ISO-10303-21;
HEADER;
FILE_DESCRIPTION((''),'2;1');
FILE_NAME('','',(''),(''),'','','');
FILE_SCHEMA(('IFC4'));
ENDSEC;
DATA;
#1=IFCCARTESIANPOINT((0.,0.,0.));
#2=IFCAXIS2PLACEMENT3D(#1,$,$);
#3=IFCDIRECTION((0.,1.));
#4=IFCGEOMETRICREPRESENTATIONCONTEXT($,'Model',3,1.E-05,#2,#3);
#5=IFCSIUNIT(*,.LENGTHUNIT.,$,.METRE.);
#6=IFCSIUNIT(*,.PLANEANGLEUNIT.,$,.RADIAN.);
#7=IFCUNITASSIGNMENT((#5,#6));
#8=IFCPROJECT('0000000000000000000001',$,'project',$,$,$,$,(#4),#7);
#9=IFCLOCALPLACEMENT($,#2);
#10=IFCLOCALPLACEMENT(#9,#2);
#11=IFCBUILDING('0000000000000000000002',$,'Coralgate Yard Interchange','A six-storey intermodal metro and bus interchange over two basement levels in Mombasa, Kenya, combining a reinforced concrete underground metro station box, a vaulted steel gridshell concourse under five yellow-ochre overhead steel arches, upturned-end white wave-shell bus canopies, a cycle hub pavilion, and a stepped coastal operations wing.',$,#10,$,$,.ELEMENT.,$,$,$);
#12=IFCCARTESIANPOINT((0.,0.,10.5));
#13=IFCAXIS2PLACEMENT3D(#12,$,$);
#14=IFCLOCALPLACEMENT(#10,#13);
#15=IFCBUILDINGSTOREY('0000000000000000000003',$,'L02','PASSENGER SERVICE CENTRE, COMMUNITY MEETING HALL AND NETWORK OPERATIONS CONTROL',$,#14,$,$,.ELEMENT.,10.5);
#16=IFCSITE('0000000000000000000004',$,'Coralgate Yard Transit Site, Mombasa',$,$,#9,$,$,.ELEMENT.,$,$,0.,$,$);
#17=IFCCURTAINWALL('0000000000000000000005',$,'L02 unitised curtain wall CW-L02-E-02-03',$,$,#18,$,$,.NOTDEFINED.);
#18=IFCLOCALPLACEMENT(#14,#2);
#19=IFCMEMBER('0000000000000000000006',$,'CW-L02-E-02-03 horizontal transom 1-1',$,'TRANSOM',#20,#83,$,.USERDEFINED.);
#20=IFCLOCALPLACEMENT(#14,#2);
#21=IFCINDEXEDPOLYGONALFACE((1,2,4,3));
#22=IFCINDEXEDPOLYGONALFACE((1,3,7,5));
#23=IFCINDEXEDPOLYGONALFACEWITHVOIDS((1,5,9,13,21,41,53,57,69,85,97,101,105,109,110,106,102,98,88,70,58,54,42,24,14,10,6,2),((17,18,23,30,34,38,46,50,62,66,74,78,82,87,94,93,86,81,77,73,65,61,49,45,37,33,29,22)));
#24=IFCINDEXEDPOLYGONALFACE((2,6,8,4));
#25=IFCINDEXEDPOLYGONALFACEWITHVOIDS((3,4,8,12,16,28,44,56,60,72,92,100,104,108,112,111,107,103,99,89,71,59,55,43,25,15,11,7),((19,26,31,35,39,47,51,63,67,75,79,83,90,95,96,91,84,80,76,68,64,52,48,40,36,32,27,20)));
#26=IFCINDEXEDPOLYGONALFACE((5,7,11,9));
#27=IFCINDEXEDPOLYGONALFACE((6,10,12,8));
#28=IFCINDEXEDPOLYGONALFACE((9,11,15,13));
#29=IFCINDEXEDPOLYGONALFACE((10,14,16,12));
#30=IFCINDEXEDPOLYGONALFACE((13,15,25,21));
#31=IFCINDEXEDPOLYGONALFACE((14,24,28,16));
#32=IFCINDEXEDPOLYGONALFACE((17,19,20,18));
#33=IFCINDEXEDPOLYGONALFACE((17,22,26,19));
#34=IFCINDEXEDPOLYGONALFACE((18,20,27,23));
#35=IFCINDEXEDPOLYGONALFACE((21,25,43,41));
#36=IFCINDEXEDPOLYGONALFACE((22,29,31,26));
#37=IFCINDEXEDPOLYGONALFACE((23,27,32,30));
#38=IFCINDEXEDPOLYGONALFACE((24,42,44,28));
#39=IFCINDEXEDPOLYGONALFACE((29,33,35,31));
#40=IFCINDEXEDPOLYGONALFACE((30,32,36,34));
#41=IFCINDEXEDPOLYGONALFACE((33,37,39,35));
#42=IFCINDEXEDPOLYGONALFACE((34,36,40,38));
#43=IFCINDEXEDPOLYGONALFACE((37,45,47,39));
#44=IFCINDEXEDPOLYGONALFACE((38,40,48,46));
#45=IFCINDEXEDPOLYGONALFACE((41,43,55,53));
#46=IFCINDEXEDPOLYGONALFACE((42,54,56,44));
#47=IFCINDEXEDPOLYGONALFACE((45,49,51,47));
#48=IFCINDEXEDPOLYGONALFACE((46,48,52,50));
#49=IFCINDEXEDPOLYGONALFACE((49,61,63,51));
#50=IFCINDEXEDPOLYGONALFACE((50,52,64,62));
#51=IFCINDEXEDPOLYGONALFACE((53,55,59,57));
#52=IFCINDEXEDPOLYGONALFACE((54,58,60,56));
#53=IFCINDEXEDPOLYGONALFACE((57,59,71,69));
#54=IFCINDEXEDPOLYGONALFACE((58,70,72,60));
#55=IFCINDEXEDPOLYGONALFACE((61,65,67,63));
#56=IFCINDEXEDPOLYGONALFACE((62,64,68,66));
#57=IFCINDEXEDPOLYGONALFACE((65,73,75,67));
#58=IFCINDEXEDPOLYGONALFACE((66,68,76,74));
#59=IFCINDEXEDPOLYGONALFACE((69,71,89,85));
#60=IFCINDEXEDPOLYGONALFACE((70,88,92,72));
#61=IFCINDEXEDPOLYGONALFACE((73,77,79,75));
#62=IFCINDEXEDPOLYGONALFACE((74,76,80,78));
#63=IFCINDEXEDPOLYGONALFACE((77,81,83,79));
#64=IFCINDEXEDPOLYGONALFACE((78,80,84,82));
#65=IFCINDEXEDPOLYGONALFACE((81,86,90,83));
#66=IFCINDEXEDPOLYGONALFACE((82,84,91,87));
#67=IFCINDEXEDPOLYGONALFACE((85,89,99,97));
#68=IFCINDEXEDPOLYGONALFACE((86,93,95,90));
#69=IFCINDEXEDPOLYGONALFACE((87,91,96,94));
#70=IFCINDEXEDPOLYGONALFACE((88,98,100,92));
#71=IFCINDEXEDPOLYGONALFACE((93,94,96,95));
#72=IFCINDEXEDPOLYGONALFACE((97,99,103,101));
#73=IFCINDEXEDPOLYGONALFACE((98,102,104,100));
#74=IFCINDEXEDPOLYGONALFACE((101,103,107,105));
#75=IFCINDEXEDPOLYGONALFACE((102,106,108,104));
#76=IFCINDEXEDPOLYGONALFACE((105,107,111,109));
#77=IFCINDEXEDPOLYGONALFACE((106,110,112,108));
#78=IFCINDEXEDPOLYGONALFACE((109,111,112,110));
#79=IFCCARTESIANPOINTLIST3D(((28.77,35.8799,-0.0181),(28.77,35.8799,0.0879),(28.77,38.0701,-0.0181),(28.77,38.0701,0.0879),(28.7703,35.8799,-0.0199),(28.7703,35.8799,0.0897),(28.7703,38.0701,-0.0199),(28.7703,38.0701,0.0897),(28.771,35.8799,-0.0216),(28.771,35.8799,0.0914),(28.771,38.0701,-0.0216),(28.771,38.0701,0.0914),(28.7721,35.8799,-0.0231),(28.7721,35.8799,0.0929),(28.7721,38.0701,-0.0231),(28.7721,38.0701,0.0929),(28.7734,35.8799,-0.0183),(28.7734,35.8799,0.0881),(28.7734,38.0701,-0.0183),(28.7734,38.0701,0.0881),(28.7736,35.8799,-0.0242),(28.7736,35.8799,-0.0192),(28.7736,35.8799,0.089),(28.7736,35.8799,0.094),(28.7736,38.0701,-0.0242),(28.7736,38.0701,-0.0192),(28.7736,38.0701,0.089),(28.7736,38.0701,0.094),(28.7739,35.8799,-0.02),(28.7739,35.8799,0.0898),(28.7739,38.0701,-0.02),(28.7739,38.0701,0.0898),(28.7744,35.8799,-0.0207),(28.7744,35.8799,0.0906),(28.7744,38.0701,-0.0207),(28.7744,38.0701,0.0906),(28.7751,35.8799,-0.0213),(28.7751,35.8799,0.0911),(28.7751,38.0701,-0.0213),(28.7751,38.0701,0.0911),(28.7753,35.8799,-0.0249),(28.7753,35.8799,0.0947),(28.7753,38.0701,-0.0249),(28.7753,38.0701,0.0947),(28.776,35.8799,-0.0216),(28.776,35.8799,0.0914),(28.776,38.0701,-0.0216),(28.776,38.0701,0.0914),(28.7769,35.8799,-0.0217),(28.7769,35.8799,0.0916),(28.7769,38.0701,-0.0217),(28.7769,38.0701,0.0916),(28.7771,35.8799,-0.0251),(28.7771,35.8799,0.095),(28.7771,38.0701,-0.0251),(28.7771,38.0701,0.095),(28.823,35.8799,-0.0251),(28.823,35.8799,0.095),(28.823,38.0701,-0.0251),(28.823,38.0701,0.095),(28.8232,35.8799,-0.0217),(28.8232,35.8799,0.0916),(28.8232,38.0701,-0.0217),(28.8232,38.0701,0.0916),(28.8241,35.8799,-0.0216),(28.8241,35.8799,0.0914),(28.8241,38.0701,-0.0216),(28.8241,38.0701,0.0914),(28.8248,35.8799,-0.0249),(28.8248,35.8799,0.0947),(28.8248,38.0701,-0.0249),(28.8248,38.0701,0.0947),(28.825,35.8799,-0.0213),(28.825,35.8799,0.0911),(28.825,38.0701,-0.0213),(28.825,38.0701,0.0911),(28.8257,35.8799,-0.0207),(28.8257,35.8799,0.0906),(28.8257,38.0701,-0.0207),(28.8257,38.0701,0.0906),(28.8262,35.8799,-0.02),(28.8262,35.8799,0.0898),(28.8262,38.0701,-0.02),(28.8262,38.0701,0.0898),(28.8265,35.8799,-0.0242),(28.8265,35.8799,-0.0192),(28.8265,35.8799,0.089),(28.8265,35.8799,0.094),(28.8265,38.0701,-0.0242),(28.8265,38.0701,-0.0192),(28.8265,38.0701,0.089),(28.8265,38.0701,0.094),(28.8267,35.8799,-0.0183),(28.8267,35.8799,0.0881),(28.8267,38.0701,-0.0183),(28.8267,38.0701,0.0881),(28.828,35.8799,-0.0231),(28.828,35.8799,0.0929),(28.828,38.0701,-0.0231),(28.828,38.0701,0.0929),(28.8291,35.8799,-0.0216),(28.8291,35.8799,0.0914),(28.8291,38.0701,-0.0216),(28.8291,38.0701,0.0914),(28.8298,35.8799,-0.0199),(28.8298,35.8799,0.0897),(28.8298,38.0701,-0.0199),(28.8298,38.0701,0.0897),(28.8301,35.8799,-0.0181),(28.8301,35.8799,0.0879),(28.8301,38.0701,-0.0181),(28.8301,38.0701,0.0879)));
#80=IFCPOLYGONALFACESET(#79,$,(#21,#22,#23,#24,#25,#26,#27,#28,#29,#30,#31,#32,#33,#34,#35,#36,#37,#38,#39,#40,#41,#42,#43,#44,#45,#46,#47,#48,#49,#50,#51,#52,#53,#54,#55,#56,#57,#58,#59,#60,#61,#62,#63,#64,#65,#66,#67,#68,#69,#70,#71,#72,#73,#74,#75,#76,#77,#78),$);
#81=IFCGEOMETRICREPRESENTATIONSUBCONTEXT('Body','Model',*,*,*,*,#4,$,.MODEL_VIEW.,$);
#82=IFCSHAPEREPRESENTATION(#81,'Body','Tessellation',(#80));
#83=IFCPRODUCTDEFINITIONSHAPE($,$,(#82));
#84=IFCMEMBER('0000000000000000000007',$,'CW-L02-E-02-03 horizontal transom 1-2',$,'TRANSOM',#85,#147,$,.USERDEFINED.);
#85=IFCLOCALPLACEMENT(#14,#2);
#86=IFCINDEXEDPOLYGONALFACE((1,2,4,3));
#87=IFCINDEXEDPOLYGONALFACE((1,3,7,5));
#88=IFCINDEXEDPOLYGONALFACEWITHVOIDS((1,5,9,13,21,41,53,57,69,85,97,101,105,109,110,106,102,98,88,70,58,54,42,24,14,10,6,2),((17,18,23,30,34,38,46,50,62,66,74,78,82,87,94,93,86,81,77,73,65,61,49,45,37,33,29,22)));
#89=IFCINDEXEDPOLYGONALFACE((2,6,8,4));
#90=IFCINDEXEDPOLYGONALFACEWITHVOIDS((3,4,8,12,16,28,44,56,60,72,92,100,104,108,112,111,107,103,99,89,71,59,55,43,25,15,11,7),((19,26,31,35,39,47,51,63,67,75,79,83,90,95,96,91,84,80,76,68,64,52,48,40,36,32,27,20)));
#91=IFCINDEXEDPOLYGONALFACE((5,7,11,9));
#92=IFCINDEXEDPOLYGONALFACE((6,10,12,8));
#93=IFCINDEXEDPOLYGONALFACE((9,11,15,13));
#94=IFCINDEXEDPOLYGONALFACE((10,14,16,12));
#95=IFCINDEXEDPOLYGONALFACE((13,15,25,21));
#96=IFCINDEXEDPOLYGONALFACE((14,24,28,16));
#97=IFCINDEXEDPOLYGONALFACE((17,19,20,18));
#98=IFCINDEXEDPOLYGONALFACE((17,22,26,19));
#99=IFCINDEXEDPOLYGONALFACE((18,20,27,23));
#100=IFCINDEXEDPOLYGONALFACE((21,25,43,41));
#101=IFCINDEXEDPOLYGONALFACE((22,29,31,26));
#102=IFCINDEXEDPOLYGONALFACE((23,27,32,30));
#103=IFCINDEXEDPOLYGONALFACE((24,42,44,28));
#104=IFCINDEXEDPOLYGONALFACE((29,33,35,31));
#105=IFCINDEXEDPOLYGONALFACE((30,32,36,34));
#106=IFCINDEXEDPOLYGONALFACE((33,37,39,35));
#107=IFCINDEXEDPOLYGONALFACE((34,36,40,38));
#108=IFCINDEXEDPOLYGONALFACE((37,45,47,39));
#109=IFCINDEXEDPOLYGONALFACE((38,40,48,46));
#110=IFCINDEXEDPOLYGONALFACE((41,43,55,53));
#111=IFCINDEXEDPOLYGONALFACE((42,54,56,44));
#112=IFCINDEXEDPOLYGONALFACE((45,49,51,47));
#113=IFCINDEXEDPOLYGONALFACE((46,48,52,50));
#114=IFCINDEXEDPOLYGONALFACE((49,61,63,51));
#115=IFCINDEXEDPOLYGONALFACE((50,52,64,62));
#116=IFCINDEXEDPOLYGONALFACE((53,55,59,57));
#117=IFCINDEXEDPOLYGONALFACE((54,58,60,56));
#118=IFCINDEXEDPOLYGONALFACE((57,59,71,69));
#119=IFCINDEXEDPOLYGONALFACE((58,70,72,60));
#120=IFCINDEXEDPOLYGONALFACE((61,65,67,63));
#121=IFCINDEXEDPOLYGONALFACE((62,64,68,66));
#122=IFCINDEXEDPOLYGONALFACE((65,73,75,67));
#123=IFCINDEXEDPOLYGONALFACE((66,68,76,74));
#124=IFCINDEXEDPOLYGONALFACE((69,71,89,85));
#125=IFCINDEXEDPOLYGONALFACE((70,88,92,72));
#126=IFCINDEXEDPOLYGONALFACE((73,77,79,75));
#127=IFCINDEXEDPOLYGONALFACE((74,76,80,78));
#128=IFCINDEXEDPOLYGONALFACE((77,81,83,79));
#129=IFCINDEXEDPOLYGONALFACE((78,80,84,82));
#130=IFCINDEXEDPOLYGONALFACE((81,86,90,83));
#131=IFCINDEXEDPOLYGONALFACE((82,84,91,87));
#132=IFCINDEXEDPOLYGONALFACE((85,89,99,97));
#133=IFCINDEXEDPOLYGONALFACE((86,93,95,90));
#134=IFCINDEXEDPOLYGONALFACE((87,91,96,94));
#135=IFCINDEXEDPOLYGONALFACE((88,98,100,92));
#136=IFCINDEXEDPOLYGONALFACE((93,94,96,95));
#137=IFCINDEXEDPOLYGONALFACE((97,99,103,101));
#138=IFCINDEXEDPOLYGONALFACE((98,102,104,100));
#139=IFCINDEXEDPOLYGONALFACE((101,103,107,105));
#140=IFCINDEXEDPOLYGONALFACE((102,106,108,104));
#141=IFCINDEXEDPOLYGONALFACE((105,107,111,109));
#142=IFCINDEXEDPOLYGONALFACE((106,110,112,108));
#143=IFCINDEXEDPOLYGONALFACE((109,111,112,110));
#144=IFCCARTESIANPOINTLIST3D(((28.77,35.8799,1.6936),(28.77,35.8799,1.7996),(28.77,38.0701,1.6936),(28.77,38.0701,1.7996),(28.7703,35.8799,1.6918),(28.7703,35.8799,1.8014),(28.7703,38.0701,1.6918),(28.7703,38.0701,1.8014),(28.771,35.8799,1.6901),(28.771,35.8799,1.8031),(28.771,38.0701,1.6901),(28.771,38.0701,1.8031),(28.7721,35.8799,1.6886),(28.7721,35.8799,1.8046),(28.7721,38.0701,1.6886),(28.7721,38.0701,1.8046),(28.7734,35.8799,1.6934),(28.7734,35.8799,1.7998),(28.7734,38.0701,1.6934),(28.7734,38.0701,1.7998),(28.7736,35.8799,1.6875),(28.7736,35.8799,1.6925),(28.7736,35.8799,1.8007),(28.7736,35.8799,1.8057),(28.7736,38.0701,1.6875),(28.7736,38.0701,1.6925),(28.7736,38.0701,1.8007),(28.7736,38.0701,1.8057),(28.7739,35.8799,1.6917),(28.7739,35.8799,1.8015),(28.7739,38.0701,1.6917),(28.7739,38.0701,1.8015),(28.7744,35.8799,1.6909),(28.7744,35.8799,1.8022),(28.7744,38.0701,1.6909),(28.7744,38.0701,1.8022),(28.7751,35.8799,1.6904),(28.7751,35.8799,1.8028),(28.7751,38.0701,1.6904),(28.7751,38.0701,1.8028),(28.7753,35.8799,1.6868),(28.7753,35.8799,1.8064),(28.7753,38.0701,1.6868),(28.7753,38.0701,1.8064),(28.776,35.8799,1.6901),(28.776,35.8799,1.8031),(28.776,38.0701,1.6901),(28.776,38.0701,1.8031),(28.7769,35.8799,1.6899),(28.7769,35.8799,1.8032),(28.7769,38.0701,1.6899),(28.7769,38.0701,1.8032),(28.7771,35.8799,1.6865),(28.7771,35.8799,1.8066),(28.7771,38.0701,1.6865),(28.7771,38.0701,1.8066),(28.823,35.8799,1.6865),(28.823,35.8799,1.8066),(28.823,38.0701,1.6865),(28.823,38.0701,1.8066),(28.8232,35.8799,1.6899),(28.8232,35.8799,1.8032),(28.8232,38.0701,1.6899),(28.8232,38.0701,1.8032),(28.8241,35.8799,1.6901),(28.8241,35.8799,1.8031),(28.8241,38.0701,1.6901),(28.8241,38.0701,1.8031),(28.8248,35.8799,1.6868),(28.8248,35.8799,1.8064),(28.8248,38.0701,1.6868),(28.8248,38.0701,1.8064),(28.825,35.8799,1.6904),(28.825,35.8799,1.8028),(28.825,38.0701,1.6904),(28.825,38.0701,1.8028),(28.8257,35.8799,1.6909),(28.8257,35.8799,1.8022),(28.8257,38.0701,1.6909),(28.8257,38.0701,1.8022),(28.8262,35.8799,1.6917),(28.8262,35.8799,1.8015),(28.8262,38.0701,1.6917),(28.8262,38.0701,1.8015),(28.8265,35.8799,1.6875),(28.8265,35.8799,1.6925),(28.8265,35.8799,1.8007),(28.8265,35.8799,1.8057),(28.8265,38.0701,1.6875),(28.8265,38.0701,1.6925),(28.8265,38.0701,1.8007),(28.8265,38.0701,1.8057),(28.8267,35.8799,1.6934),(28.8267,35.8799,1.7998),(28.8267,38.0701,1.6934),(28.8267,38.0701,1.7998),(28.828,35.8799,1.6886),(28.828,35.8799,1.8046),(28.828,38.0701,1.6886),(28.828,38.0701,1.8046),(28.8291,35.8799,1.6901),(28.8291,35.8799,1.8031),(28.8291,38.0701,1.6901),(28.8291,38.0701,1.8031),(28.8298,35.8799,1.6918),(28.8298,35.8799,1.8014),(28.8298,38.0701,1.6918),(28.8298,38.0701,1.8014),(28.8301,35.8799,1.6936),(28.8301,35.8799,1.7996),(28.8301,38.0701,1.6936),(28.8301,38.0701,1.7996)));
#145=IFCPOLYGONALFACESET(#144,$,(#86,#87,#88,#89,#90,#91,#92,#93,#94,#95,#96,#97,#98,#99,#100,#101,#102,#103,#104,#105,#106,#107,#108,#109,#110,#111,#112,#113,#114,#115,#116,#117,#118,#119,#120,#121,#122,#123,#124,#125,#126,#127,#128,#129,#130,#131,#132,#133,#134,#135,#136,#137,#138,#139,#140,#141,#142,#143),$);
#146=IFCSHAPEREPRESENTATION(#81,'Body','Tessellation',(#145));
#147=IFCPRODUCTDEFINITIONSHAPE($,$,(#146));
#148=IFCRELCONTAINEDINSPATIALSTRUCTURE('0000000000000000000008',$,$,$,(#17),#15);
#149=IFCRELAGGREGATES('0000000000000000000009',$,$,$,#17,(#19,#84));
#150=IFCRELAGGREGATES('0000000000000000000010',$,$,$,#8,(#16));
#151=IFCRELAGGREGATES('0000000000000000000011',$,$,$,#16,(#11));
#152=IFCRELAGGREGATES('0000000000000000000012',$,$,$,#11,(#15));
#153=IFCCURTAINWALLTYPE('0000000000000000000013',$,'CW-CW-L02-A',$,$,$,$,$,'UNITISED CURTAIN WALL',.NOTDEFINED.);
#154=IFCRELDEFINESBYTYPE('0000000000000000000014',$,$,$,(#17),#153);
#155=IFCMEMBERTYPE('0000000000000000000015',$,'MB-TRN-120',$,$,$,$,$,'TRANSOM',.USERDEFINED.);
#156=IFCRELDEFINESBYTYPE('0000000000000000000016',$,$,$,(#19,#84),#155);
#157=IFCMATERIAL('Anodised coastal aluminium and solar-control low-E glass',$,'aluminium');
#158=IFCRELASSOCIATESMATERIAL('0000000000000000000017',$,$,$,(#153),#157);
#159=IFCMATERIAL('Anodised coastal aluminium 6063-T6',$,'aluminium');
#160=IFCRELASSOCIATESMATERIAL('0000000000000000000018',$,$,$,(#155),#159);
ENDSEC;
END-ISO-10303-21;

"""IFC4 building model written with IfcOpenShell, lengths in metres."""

from ifc_helpers import new_model, si_unit, direction, frame, origin, origin_2d, place, context, subcontext, project, spatial, hollow_rectangle, extrude, material, material_profile, profile_set, type_object, element, aggregate, save


model = new_model("IFC4")

# Units and contexts
model_context = context("Model", 3, precision=1e-05, world=origin(), true_north=direction((0.0, 1.0)))
body_context = subcontext(model_context, "Body", "Model", "MODEL_VIEW")
ifc_project = project(units=[si_unit("LENGTHUNIT", "METRE"), si_unit("PLANEANGLEUNIT", "RADIAN")], contexts=[model_context])

# Site, building, storey
site_placement = place(None, origin())
site = spatial("IfcSite", under=ifc_project, at=site_placement, Name="Coralgate Yard Transit Site, Mombasa", CompositionType="ELEMENT", RefElevation=0.0)
building_placement = place(site_placement, origin())
building = spatial("IfcBuilding", under=site, at=building_placement, Name="Coralgate Yard Interchange", Description="A six-storey intermodal metro and bus interchange over two basement levels in Mombasa, Kenya, combining a reinforced concrete underground metro station box, a vaulted steel gridshell concourse under five yellow-ochre overhead steel arches, upturned-end white wave-shell bus canopies, a cycle hub pavilion, and a stepped coastal operations wing.", CompositionType="ELEMENT")
storey_placement = place(building_placement, frame((0.0, 0.0, 10.5)))
storey = spatial("IfcBuildingStorey", under=building, at=storey_placement, Name="L02", Description="PASSENGER SERVICE CENTRE, COMMUNITY MEETING HALL AND NETWORK OPERATIONS CONTROL", CompositionType="ELEMENT", Elevation=10.5)

# Curtain wall, members
ifc_material_1 = material(Name="Anodised coastal aluminium and solar-control low-E glass", Category="aluminium")
curtain_wall_type = type_object("IfcCurtainWallType", Name="CW-CW-L02-A", ElementType="UNITISED CURTAIN WALL", PredefinedType="NOTDEFINED", material=ifc_material_1)
curtain_wall_placement = place(storey_placement, origin())
curtain_wall = element("IfcCurtainWall", 1, at=curtain_wall_placement, inside=storey, type_object=curtain_wall_type, Name="L02 unitised curtain wall CW-L02-E-02-03", PredefinedType="NOTDEFINED")
ifc_material_2 = material(Name="Anodised coastal aluminium 6063-T6", Category="aluminium")
ifc_material_profile_1 = material_profile(ifc_material_2, hollow_rectangle(XDim=0.0601, YDim=0.1201, WallThickness=0.0034, InnerFilletRadius=0.0034, OuterFilletRadius=0.0071, at=origin_2d()), Name="ALU 60x120x3.5")
ifc_profile_set_1 = profile_set([ifc_material_profile_1], Name="Anodised coastal aluminium 6063-T6")
member_type_1 = type_object("IfcMemberType", Name="MB-TRN-120", ElementType="TRANSOM", PredefinedType="USERDEFINED", material=ifc_profile_set_1)
member_1_placement = place(storey_placement, frame((28.8, 38.0701, 0.0349), z_axis=(0.0, -1.0, 0.0), x_axis=(1.0, 0.0, 0.0)))
member_1 = element("IfcMember", 2, at=member_1_placement, type_object=member_type_1, Name="CW-L02-E-02-03 horizontal transom 1-1", ObjectType="TRANSOM", PredefinedType="USERDEFINED", context=body_context, shape_type="SweptSolid", body=[
    extrude(hollow_rectangle(XDim=0.0601, YDim=0.1201, WallThickness=0.0034, InnerFilletRadius=0.0034, OuterFilletRadius=0.0071, at=origin_2d()), origin(), (0.0, 0.0, 1.0), 2.1902),
])
member_2_placement = place(storey_placement, frame((28.8, 38.0701, 1.7466), z_axis=(0.0, -1.0, 0.0), x_axis=(1.0, 0.0, 0.0)))
member_2 = element("IfcMember", 3, at=member_2_placement, type_object=member_type_1, Name="CW-L02-E-02-03 horizontal transom 1-2", ObjectType="TRANSOM", PredefinedType="USERDEFINED", context=body_context, shape_type="SweptSolid", body=[
    extrude(hollow_rectangle(XDim=0.0601, YDim=0.1201, WallThickness=0.0034, InnerFilletRadius=0.0034, OuterFilletRadius=0.0071, at=origin_2d()), origin(), (0.0, 0.0, 1.0), 2.1902),
])
aggregate(curtain_wall, [member_1, member_2])

save(model, "model.ifc")
